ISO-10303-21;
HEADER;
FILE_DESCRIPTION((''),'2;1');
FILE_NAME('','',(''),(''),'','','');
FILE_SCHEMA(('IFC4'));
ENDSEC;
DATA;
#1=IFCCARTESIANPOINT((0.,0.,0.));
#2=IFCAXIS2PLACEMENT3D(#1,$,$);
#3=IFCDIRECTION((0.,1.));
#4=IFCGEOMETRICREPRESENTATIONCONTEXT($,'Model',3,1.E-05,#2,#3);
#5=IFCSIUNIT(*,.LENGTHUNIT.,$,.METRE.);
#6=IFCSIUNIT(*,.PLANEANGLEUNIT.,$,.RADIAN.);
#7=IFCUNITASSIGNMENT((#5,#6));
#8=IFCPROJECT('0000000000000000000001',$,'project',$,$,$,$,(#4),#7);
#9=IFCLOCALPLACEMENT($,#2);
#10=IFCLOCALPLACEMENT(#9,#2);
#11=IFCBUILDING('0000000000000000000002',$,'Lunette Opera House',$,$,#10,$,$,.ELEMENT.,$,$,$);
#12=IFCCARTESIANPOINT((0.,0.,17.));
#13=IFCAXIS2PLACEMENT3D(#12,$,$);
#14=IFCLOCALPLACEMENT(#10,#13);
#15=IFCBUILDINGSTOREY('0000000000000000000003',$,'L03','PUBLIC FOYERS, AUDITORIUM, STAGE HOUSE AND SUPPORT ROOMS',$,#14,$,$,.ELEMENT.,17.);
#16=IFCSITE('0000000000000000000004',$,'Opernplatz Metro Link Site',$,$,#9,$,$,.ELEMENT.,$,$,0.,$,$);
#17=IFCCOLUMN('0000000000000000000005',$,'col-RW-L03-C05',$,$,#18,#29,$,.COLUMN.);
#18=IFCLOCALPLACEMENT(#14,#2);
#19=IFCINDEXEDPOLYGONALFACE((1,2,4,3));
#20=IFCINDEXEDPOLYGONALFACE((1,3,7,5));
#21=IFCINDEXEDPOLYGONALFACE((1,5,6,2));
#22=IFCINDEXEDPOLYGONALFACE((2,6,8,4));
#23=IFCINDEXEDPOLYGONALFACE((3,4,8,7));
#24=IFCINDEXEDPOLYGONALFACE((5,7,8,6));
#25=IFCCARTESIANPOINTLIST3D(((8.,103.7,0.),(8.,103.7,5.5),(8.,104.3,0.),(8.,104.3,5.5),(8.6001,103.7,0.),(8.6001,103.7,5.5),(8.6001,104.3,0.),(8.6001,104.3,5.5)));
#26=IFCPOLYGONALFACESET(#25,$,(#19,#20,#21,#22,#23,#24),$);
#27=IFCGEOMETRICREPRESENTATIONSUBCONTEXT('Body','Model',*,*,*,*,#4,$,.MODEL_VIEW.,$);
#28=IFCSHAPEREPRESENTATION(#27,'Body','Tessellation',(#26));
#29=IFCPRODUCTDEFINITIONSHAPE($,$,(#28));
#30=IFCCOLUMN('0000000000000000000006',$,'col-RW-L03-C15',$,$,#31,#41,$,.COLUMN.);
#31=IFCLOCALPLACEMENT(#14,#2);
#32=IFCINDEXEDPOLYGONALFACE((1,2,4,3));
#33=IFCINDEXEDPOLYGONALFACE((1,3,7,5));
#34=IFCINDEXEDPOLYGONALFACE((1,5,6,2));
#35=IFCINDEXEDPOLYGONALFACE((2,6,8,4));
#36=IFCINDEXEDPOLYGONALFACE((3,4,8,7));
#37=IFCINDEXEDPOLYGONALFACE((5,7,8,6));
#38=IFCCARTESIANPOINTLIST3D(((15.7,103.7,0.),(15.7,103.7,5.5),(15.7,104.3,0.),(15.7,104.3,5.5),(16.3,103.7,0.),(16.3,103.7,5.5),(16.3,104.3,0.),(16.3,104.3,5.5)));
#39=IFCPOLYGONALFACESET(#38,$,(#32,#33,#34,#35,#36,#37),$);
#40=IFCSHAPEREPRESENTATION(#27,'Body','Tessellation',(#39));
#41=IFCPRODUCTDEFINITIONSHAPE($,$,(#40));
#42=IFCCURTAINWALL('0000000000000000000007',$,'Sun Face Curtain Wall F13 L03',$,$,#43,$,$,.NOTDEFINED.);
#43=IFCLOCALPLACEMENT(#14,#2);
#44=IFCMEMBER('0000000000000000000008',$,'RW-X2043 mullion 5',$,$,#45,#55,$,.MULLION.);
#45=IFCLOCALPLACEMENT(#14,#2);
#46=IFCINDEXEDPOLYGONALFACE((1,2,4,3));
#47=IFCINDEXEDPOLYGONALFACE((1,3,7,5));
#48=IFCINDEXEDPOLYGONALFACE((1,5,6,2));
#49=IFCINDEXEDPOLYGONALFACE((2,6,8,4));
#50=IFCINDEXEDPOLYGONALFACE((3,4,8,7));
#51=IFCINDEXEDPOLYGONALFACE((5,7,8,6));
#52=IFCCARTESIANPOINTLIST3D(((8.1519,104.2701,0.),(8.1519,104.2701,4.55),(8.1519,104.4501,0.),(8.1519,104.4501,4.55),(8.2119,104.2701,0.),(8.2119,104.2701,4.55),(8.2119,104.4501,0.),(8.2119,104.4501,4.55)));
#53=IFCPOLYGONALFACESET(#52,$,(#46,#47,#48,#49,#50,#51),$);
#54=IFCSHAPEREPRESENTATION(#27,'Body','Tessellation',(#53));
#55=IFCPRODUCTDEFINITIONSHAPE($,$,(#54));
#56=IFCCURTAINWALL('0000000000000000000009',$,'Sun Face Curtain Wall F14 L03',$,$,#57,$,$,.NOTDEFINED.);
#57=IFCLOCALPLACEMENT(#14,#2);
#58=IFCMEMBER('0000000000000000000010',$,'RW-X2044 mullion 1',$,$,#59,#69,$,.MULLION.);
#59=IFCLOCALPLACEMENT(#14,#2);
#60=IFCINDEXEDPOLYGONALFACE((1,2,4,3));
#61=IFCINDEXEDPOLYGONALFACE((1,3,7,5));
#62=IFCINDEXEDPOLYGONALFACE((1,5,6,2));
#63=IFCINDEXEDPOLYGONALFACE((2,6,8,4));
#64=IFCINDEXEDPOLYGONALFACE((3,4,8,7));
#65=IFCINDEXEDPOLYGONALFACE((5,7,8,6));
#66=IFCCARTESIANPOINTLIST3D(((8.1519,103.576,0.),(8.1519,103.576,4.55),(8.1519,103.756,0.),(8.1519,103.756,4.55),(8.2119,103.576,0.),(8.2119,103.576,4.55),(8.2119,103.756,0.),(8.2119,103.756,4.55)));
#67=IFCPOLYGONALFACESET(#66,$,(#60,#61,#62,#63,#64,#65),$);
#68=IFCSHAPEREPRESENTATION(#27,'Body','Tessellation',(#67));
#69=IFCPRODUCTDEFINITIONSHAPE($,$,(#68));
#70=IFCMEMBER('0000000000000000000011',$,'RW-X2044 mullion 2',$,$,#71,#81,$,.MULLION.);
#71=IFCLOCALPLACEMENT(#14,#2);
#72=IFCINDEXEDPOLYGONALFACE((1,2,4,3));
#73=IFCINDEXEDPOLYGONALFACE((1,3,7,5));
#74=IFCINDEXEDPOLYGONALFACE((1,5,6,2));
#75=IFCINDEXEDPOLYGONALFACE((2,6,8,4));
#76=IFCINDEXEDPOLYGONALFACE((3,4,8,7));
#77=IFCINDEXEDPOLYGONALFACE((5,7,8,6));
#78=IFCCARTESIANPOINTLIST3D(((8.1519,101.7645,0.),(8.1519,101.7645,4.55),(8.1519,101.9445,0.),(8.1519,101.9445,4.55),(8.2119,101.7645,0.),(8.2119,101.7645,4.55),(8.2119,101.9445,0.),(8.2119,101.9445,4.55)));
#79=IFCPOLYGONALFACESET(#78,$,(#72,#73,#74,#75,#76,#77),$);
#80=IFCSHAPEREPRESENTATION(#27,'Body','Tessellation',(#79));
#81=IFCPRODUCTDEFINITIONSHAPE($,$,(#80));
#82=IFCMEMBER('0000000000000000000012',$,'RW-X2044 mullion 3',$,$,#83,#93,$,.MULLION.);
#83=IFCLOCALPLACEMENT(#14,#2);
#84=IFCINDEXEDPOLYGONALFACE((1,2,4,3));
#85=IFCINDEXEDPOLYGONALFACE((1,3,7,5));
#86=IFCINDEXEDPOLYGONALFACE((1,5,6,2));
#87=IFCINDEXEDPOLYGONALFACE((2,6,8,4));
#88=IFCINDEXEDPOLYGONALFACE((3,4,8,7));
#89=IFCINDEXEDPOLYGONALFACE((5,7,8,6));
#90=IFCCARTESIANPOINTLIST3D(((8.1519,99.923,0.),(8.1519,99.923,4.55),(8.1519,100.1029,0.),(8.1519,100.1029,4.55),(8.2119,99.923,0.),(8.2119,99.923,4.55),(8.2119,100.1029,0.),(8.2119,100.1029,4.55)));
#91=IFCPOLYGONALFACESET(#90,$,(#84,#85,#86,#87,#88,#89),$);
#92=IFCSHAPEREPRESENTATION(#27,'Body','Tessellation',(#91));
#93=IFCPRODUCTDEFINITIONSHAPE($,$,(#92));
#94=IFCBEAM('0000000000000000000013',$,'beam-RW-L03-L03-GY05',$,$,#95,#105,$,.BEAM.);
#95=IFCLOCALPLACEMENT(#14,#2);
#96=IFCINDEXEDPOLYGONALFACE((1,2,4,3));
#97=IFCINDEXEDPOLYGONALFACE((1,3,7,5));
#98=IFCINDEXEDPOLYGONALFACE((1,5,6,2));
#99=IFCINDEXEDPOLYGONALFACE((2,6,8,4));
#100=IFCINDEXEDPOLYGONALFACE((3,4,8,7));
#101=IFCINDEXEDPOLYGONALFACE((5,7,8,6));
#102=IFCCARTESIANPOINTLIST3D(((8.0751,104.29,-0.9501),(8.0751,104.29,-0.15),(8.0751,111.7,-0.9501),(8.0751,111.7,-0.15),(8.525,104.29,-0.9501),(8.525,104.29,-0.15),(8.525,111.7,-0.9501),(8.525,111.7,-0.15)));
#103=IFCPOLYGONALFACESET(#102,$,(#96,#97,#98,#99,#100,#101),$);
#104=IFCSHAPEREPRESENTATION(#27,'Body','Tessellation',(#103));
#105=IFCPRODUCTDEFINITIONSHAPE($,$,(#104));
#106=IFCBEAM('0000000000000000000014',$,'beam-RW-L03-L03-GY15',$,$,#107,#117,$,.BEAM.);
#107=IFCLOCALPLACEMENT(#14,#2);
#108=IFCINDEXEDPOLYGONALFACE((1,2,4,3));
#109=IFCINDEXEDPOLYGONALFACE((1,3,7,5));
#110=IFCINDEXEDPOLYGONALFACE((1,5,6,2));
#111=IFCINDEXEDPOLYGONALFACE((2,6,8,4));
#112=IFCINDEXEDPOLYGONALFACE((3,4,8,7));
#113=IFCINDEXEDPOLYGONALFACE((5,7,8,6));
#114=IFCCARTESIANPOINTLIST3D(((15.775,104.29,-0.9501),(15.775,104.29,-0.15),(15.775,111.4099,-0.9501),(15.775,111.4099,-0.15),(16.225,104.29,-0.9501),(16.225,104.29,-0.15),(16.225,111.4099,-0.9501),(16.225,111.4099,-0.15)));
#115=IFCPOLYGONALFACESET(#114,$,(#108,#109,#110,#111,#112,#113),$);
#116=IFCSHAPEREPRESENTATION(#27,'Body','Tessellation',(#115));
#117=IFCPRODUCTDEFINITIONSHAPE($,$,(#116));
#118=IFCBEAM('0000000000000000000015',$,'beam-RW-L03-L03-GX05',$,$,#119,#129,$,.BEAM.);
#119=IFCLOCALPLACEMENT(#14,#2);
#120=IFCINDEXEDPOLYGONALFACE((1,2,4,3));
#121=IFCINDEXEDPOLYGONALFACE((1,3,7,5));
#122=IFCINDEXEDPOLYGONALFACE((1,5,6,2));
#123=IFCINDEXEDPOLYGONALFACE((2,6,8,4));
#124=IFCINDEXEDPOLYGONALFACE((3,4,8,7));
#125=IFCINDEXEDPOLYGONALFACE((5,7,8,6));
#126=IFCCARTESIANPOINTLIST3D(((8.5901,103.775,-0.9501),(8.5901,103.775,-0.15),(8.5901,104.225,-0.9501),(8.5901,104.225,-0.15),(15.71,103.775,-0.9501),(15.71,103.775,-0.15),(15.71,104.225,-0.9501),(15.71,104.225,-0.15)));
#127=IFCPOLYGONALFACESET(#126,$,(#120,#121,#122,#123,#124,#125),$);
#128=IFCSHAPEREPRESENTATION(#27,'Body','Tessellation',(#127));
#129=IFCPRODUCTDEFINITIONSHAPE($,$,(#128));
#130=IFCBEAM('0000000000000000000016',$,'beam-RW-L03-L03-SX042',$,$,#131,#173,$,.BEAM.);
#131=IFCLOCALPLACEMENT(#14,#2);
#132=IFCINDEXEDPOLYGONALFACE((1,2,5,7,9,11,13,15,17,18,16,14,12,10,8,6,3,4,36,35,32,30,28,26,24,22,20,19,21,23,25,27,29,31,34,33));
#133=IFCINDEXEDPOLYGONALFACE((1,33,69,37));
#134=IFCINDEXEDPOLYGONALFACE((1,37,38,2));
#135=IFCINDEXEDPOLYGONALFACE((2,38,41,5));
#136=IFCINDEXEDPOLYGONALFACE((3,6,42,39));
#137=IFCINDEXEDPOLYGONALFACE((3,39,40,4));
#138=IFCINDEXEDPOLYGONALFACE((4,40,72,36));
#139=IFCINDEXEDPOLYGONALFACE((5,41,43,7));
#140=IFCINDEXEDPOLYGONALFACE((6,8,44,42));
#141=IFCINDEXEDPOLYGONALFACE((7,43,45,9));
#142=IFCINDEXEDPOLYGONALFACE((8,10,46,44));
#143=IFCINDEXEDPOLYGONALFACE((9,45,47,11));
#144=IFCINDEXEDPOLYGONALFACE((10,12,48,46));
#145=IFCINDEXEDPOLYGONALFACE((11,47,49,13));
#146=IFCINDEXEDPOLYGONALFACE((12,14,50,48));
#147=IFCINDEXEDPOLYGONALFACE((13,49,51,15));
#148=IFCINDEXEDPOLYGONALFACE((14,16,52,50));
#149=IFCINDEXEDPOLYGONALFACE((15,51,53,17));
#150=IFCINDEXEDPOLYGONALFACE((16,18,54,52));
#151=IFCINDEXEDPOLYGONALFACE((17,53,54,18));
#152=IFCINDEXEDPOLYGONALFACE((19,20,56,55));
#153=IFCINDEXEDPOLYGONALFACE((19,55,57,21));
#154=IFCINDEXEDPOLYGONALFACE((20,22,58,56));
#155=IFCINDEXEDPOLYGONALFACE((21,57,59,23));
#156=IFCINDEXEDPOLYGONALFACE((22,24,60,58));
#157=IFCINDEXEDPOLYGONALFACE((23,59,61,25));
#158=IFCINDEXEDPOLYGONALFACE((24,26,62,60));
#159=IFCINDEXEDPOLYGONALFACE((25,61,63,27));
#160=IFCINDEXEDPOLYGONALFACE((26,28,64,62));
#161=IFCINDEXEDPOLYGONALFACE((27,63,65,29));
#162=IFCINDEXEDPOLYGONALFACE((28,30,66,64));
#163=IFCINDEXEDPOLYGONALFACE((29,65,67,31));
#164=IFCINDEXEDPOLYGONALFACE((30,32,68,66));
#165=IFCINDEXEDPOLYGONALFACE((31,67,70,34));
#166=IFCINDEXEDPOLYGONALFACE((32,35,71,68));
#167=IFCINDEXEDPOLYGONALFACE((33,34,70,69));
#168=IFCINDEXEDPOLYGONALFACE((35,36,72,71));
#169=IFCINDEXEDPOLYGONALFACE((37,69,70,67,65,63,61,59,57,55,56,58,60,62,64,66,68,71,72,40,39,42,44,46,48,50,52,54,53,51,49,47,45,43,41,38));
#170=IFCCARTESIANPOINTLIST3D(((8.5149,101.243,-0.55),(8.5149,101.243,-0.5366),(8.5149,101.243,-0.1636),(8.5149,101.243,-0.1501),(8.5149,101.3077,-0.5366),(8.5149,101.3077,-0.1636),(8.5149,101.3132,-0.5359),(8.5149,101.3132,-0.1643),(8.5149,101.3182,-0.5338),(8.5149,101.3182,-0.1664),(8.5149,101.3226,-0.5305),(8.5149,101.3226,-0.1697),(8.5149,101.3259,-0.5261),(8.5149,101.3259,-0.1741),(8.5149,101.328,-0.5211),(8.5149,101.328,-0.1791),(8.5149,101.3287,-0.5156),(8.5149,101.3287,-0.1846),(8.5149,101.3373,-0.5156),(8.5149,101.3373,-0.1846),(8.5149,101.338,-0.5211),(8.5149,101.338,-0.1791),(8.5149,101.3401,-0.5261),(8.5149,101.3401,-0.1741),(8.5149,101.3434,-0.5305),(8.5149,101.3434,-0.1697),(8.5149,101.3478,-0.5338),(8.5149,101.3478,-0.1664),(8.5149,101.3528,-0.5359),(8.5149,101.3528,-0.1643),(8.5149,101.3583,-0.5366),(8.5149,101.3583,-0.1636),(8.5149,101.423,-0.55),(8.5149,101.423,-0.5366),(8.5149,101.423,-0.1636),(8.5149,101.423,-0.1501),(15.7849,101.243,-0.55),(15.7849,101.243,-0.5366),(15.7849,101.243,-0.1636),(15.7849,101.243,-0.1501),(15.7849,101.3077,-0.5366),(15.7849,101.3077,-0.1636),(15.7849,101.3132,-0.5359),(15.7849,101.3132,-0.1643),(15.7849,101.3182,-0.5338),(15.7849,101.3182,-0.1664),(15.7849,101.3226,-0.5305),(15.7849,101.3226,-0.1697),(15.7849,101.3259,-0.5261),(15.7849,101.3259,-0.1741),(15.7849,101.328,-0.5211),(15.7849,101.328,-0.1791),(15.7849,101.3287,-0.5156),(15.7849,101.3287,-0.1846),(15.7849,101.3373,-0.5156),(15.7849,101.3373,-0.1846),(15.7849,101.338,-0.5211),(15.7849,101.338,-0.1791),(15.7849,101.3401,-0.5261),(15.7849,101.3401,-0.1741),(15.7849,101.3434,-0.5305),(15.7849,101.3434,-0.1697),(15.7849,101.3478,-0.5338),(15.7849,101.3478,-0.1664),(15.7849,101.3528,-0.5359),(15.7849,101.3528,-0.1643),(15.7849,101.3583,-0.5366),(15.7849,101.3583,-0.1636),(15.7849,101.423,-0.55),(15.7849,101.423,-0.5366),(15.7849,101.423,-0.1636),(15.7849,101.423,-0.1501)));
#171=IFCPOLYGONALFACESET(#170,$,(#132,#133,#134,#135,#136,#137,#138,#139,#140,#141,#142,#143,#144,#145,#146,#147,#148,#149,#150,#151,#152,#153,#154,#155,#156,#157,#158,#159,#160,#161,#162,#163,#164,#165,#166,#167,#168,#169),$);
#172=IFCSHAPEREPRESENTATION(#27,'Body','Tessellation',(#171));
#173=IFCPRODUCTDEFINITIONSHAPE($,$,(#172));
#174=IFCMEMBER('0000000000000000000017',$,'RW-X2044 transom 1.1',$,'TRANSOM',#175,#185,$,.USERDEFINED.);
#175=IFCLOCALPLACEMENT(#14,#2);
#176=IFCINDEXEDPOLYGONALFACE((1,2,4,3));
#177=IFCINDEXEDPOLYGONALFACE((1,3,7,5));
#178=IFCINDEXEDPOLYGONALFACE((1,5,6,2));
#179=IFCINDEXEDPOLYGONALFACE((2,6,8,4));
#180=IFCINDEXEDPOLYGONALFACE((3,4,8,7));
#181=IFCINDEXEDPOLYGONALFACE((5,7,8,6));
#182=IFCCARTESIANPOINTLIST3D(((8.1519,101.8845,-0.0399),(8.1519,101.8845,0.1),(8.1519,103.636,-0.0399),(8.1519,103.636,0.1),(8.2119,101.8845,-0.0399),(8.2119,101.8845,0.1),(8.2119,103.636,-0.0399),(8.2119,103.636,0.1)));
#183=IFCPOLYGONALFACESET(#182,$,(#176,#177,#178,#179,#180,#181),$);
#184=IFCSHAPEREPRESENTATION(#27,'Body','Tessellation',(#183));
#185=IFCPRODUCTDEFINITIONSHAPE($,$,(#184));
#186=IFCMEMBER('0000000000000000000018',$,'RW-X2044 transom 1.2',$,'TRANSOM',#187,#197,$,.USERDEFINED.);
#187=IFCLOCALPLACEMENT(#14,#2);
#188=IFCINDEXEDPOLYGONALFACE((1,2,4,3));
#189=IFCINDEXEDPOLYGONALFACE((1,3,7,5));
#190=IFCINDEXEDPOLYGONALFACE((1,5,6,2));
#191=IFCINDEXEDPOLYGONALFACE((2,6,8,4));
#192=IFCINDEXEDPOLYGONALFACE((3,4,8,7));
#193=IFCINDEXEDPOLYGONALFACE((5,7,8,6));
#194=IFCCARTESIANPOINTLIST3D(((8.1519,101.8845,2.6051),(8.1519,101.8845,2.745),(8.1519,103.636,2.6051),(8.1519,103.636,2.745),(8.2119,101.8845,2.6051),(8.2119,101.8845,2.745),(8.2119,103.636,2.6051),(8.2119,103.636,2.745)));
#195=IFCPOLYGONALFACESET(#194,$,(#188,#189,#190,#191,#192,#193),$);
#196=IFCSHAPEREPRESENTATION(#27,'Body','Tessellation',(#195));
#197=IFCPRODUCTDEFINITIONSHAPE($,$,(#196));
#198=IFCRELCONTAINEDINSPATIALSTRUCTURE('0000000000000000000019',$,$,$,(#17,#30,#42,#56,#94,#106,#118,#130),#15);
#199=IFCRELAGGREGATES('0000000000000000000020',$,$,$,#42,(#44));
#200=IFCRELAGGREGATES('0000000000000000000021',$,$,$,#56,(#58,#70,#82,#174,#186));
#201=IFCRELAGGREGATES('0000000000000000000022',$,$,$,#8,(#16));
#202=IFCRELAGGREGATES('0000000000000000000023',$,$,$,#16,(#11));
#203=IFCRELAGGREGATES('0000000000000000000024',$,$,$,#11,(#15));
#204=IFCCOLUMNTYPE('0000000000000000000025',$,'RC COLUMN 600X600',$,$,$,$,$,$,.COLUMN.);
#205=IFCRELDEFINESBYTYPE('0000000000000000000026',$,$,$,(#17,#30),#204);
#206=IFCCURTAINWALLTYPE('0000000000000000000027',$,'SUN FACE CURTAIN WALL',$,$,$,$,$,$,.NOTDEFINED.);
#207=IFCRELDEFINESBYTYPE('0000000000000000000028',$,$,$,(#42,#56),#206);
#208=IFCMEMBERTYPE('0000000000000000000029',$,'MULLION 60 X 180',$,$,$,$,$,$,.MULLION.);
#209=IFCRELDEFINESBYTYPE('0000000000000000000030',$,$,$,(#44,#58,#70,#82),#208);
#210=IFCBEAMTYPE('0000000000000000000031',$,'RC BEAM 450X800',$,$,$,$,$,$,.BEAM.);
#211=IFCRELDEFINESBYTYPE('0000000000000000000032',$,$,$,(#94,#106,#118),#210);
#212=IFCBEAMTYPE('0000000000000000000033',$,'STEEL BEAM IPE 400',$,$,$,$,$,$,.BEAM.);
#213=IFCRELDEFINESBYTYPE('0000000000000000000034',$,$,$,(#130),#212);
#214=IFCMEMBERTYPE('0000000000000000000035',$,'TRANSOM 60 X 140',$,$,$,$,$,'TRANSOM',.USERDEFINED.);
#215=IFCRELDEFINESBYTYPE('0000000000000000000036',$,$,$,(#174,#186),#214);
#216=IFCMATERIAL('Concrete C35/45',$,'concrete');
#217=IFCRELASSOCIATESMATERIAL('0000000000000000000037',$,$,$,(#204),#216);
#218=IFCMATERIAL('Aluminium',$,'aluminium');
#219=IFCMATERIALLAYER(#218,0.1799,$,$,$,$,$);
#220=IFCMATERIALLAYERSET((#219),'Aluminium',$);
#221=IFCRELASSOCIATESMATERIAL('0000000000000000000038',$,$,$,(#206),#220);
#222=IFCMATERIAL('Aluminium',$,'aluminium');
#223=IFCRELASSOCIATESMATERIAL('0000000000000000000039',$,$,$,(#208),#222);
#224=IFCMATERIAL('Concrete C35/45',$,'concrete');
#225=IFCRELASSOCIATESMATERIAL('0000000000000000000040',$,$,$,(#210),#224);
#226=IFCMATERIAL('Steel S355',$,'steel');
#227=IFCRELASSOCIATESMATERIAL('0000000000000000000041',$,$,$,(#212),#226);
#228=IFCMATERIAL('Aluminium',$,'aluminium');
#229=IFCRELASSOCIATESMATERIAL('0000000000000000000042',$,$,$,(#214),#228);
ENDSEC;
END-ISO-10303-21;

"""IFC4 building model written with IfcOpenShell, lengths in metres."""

from ifc_helpers import new_model, si_unit, direction, frame, origin, origin_2d, place, context, subcontext, project, spatial, rectangle, i_section, extrude, material, layer, layer_set, material_profile, profile_set, type_object, element, aggregate, save


model = new_model("IFC4")

# Units and contexts
model_context = context("Model", 3, precision=1e-05, world=origin(), true_north=direction((0.0, 1.0)))
body_context = subcontext(model_context, "Body", "Model", "MODEL_VIEW")
ifc_project = project(units=[si_unit("LENGTHUNIT", "METRE"), si_unit("PLANEANGLEUNIT", "RADIAN")], contexts=[model_context])

# Site, building, storey
site_placement = place(None, origin())
site = spatial("IfcSite", under=ifc_project, at=site_placement, Name="Opernplatz Metro Link Site", CompositionType="ELEMENT", RefElevation=0.0)
building_placement = place(site_placement, origin())
building = spatial("IfcBuilding", under=site, at=building_placement, Name="Lunette Opera House", CompositionType="ELEMENT")
storey_placement = place(building_placement, frame((0.0, 0.0, 17.0)))
storey = spatial("IfcBuildingStorey", under=building, at=storey_placement, Name="L03", Description="PUBLIC FOYERS, AUDITORIUM, STAGE HOUSE AND SUPPORT ROOMS", CompositionType="ELEMENT", Elevation=17.0)

# Columns
ifc_material_1 = material(Name="Concrete C35/45", Category="concrete")
ifc_material_profile_1 = material_profile(ifc_material_1, rectangle(XDim=0.6001, YDim=0.6001, at=origin_2d()), Name="RC COLUMN 600X600")
ifc_profile_set_1 = profile_set([ifc_material_profile_1], Name="Concrete C35/45")
column_type = type_object("IfcColumnType", Name="RC COLUMN 600X600", PredefinedType="COLUMN", material=ifc_profile_set_1)
for number, where, z_axis, x_axis, name in (
    (1, (8.3, 104.0, 0.0), (0.0, 0.0, 1.0), (1.0, 0.0, 0.0), "col-RW-L03-C05"),
    (2, (16.0, 104.0, 0.0), (0.0, 0.0, 1.0), (1.0, 0.0, 0.0), "col-RW-L03-C15"),
):
    element("IfcColumn", number, at=place(storey_placement, frame(where, z_axis=z_axis, x_axis=x_axis)), inside=storey, type_object=column_type, Name=name, PredefinedType="COLUMN", context=body_context, shape_type="SweptSolid", body=[
        extrude(rectangle(XDim=0.6001, YDim=0.6001, at=origin_2d()), origin(), (0.0, 0.0, 1.0), 5.5),
    ])

# Curtain wall, member
ifc_material_2 = material(Name="Aluminium", Category="aluminium")
ifc_layer_1 = layer(ifc_material_2, 0.1799)
ifc_layer_set_1 = layer_set([ifc_layer_1], Name="Aluminium")
curtain_wall_type = type_object("IfcCurtainWallType", Name="SUN FACE CURTAIN WALL", PredefinedType="NOTDEFINED", material=ifc_layer_set_1)
curtain_wall_1_placement = place(storey_placement, origin())
curtain_wall_1 = element("IfcCurtainWall", 3, at=curtain_wall_1_placement, inside=storey, type_object=curtain_wall_type, Name="Sun Face Curtain Wall F13 L03", PredefinedType="NOTDEFINED")
ifc_material_3 = material(Name="Aluminium", Category="aluminium")
ifc_material_profile_2 = material_profile(ifc_material_3, rectangle(XDim=0.0601, YDim=0.1799, at=origin_2d()), Name="MULLION 60 X 180")
ifc_profile_set_2 = profile_set([ifc_material_profile_2], Name="Aluminium")
member_type_1 = type_object("IfcMemberType", Name="MULLION 60 X 180", PredefinedType="MULLION", material=ifc_profile_set_2)
member_1_placement = place(storey_placement, frame((8.1819, 104.3601, 0.0), z_axis=(0.0, 0.0, 1.0), x_axis=(1.0, 0.0, 0.0)))
member_1 = element("IfcMember", 4, at=member_1_placement, type_object=member_type_1, Name="RW-X2043 mullion 5", PredefinedType="MULLION", context=body_context, shape_type="SweptSolid", body=[
    extrude(rectangle(XDim=0.0601, YDim=0.1799, at=origin_2d()), origin(), (0.0, 0.0, 1.0), 4.55),
])
aggregate(curtain_wall_1, [member_1])

# Curtain wall, members
curtain_wall_2_placement = place(storey_placement, origin())
curtain_wall_2 = element("IfcCurtainWall", 5, at=curtain_wall_2_placement, inside=storey, type_object=curtain_wall_type, Name="Sun Face Curtain Wall F14 L03", PredefinedType="NOTDEFINED")
member_2_placement = place(storey_placement, frame((8.1819, 103.666, 0.0), z_axis=(0.0, 0.0, 1.0), x_axis=(1.0, 0.0, 0.0)))
member_2 = element("IfcMember", 6, at=member_2_placement, type_object=member_type_1, Name="RW-X2044 mullion 1", PredefinedType="MULLION", context=body_context, shape_type="SweptSolid", body=[
    extrude(rectangle(XDim=0.0601, YDim=0.1799, at=origin_2d()), origin(), (0.0, 0.0, 1.0), 4.55),
])
member_3_placement = place(storey_placement, frame((8.1819, 101.8545, 0.0), z_axis=(0.0, 0.0, 1.0), x_axis=(1.0, 0.0, 0.0)))
member_3 = element("IfcMember", 7, at=member_3_placement, type_object=member_type_1, Name="RW-X2044 mullion 2", PredefinedType="MULLION", context=body_context, shape_type="SweptSolid", body=[
    extrude(rectangle(XDim=0.0601, YDim=0.1799, at=origin_2d()), origin(), (0.0, 0.0, 1.0), 4.55),
])
member_4_placement = place(storey_placement, frame((8.1819, 100.0129, 0.0), z_axis=(0.0, 0.0, 1.0), x_axis=(1.0, 0.0, 0.0)))
member_4 = element("IfcMember", 8, at=member_4_placement, type_object=member_type_1, Name="RW-X2044 mullion 3", PredefinedType="MULLION", context=body_context, shape_type="SweptSolid", body=[
    extrude(rectangle(XDim=0.0601, YDim=0.1799, at=origin_2d()), origin(), (0.0, 0.0, 1.0), 4.55),
])

# Beams
ifc_material_4 = material(Name="Concrete C35/45", Category="concrete")
ifc_material_profile_3 = material_profile(ifc_material_4, rectangle(XDim=0.45, YDim=0.8, at=origin_2d()), Name="RC BEAM 450X800")
ifc_profile_set_3 = profile_set([ifc_material_profile_3], Name="Concrete C35/45")
beam_type_1 = type_object("IfcBeamType", Name="RC BEAM 450X800", PredefinedType="BEAM", material=ifc_profile_set_3)
beam_1_placement = place(storey_placement, frame((8.3, 104.29, -0.55), z_axis=(0.0, 1.0, 0.0), x_axis=(-1.0, 0.0, 0.0)))
element("IfcBeam", 9, at=beam_1_placement, inside=storey, type_object=beam_type_1, Name="beam-RW-L03-L03-GY05", PredefinedType="BEAM", context=body_context, shape_type="SweptSolid", body=[
    extrude(rectangle(XDim=0.45, YDim=0.8, at=origin_2d()), origin(), (0.0, 0.0, 1.0), 7.4099),
])
for number, where, z_axis, x_axis, name in (
    (10, (16.0, 104.29, -0.55), (0.0, 1.0, 0.0), (-1.0, 0.0, 0.0), "beam-RW-L03-L03-GY15"),
    (11, (8.5901, 104.0, -0.55), (1.0, 0.0, 0.0), (0.0, 1.0, 0.0), "beam-RW-L03-L03-GX05"),
):
    element("IfcBeam", number, at=place(storey_placement, frame(where, z_axis=z_axis, x_axis=x_axis)), inside=storey, type_object=beam_type_1, Name=name, PredefinedType="BEAM", context=body_context, shape_type="SweptSolid", body=[
        extrude(rectangle(XDim=0.45, YDim=0.8, at=origin_2d()), origin(), (0.0, 0.0, 1.0), 7.1199),
    ])
ifc_material_5 = material(Name="Steel S355", Category="steel")
ifc_material_profile_4 = material_profile(ifc_material_5, i_section(OverallWidth=0.1799, OverallDepth=0.3999, WebThickness=0.0085, FlangeThickness=0.0134, FilletRadius=0.021, at=origin_2d()), Name="IPE 400")
ifc_profile_set_4 = profile_set([ifc_material_profile_4], Name="Steel S355")
beam_type_2 = type_object("IfcBeamType", Name="STEEL BEAM IPE 400", PredefinedType="BEAM", material=ifc_profile_set_4)
beam_2_placement = place(storey_placement, frame((8.5149, 101.333, -0.3501), z_axis=(1.0, 0.0, 0.0), x_axis=(0.0, 1.0, 0.0)))
element("IfcBeam", 12, at=beam_2_placement, inside=storey, type_object=beam_type_2, Name="beam-RW-L03-L03-SX042", PredefinedType="BEAM", context=body_context, shape_type="SweptSolid", body=[
    extrude(i_section(OverallWidth=0.1799, OverallDepth=0.3999, WebThickness=0.0085, FlangeThickness=0.0134, FilletRadius=0.021, at=origin_2d()), origin(), (0.0, 0.0, 1.0), 7.27),
])

# Members
ifc_material_6 = material(Name="Aluminium", Category="aluminium")
ifc_material_profile_5 = material_profile(ifc_material_6, rectangle(XDim=0.0601, YDim=0.1399, at=origin_2d()), Name="TRANSOM 60 X 140")
ifc_profile_set_5 = profile_set([ifc_material_profile_5], Name="Aluminium")
member_type_2 = type_object("IfcMemberType", Name="TRANSOM 60 X 140", ElementType="TRANSOM", PredefinedType="USERDEFINED", material=ifc_profile_set_5)
member_5_placement = place(storey_placement, frame((8.1819, 103.636, 0.03), z_axis=(0.0, -1.0, 0.0), x_axis=(1.0, 0.0, 0.0)))
member_5 = element("IfcMember", 13, at=member_5_placement, type_object=member_type_2, Name="RW-X2044 transom 1.1", ObjectType="TRANSOM", PredefinedType="USERDEFINED", context=body_context, shape_type="SweptSolid", body=[
    extrude(rectangle(XDim=0.0601, YDim=0.1399, at=origin_2d()), origin(), (0.0, 0.0, 1.0), 1.7515),
])
member_6_placement = place(storey_placement, frame((8.1819, 103.636, 2.675), z_axis=(0.0, -1.0, 0.0), x_axis=(1.0, 0.0, 0.0)))
member_6 = element("IfcMember", 14, at=member_6_placement, type_object=member_type_2, Name="RW-X2044 transom 1.2", ObjectType="TRANSOM", PredefinedType="USERDEFINED", context=body_context, shape_type="SweptSolid", body=[
    extrude(rectangle(XDim=0.0601, YDim=0.1399, at=origin_2d()), origin(), (0.0, 0.0, 1.0), 1.7515),
])

aggregate(curtain_wall_2, [member_2, member_3, member_4, member_5, member_6])

save(model, "model.ifc")
